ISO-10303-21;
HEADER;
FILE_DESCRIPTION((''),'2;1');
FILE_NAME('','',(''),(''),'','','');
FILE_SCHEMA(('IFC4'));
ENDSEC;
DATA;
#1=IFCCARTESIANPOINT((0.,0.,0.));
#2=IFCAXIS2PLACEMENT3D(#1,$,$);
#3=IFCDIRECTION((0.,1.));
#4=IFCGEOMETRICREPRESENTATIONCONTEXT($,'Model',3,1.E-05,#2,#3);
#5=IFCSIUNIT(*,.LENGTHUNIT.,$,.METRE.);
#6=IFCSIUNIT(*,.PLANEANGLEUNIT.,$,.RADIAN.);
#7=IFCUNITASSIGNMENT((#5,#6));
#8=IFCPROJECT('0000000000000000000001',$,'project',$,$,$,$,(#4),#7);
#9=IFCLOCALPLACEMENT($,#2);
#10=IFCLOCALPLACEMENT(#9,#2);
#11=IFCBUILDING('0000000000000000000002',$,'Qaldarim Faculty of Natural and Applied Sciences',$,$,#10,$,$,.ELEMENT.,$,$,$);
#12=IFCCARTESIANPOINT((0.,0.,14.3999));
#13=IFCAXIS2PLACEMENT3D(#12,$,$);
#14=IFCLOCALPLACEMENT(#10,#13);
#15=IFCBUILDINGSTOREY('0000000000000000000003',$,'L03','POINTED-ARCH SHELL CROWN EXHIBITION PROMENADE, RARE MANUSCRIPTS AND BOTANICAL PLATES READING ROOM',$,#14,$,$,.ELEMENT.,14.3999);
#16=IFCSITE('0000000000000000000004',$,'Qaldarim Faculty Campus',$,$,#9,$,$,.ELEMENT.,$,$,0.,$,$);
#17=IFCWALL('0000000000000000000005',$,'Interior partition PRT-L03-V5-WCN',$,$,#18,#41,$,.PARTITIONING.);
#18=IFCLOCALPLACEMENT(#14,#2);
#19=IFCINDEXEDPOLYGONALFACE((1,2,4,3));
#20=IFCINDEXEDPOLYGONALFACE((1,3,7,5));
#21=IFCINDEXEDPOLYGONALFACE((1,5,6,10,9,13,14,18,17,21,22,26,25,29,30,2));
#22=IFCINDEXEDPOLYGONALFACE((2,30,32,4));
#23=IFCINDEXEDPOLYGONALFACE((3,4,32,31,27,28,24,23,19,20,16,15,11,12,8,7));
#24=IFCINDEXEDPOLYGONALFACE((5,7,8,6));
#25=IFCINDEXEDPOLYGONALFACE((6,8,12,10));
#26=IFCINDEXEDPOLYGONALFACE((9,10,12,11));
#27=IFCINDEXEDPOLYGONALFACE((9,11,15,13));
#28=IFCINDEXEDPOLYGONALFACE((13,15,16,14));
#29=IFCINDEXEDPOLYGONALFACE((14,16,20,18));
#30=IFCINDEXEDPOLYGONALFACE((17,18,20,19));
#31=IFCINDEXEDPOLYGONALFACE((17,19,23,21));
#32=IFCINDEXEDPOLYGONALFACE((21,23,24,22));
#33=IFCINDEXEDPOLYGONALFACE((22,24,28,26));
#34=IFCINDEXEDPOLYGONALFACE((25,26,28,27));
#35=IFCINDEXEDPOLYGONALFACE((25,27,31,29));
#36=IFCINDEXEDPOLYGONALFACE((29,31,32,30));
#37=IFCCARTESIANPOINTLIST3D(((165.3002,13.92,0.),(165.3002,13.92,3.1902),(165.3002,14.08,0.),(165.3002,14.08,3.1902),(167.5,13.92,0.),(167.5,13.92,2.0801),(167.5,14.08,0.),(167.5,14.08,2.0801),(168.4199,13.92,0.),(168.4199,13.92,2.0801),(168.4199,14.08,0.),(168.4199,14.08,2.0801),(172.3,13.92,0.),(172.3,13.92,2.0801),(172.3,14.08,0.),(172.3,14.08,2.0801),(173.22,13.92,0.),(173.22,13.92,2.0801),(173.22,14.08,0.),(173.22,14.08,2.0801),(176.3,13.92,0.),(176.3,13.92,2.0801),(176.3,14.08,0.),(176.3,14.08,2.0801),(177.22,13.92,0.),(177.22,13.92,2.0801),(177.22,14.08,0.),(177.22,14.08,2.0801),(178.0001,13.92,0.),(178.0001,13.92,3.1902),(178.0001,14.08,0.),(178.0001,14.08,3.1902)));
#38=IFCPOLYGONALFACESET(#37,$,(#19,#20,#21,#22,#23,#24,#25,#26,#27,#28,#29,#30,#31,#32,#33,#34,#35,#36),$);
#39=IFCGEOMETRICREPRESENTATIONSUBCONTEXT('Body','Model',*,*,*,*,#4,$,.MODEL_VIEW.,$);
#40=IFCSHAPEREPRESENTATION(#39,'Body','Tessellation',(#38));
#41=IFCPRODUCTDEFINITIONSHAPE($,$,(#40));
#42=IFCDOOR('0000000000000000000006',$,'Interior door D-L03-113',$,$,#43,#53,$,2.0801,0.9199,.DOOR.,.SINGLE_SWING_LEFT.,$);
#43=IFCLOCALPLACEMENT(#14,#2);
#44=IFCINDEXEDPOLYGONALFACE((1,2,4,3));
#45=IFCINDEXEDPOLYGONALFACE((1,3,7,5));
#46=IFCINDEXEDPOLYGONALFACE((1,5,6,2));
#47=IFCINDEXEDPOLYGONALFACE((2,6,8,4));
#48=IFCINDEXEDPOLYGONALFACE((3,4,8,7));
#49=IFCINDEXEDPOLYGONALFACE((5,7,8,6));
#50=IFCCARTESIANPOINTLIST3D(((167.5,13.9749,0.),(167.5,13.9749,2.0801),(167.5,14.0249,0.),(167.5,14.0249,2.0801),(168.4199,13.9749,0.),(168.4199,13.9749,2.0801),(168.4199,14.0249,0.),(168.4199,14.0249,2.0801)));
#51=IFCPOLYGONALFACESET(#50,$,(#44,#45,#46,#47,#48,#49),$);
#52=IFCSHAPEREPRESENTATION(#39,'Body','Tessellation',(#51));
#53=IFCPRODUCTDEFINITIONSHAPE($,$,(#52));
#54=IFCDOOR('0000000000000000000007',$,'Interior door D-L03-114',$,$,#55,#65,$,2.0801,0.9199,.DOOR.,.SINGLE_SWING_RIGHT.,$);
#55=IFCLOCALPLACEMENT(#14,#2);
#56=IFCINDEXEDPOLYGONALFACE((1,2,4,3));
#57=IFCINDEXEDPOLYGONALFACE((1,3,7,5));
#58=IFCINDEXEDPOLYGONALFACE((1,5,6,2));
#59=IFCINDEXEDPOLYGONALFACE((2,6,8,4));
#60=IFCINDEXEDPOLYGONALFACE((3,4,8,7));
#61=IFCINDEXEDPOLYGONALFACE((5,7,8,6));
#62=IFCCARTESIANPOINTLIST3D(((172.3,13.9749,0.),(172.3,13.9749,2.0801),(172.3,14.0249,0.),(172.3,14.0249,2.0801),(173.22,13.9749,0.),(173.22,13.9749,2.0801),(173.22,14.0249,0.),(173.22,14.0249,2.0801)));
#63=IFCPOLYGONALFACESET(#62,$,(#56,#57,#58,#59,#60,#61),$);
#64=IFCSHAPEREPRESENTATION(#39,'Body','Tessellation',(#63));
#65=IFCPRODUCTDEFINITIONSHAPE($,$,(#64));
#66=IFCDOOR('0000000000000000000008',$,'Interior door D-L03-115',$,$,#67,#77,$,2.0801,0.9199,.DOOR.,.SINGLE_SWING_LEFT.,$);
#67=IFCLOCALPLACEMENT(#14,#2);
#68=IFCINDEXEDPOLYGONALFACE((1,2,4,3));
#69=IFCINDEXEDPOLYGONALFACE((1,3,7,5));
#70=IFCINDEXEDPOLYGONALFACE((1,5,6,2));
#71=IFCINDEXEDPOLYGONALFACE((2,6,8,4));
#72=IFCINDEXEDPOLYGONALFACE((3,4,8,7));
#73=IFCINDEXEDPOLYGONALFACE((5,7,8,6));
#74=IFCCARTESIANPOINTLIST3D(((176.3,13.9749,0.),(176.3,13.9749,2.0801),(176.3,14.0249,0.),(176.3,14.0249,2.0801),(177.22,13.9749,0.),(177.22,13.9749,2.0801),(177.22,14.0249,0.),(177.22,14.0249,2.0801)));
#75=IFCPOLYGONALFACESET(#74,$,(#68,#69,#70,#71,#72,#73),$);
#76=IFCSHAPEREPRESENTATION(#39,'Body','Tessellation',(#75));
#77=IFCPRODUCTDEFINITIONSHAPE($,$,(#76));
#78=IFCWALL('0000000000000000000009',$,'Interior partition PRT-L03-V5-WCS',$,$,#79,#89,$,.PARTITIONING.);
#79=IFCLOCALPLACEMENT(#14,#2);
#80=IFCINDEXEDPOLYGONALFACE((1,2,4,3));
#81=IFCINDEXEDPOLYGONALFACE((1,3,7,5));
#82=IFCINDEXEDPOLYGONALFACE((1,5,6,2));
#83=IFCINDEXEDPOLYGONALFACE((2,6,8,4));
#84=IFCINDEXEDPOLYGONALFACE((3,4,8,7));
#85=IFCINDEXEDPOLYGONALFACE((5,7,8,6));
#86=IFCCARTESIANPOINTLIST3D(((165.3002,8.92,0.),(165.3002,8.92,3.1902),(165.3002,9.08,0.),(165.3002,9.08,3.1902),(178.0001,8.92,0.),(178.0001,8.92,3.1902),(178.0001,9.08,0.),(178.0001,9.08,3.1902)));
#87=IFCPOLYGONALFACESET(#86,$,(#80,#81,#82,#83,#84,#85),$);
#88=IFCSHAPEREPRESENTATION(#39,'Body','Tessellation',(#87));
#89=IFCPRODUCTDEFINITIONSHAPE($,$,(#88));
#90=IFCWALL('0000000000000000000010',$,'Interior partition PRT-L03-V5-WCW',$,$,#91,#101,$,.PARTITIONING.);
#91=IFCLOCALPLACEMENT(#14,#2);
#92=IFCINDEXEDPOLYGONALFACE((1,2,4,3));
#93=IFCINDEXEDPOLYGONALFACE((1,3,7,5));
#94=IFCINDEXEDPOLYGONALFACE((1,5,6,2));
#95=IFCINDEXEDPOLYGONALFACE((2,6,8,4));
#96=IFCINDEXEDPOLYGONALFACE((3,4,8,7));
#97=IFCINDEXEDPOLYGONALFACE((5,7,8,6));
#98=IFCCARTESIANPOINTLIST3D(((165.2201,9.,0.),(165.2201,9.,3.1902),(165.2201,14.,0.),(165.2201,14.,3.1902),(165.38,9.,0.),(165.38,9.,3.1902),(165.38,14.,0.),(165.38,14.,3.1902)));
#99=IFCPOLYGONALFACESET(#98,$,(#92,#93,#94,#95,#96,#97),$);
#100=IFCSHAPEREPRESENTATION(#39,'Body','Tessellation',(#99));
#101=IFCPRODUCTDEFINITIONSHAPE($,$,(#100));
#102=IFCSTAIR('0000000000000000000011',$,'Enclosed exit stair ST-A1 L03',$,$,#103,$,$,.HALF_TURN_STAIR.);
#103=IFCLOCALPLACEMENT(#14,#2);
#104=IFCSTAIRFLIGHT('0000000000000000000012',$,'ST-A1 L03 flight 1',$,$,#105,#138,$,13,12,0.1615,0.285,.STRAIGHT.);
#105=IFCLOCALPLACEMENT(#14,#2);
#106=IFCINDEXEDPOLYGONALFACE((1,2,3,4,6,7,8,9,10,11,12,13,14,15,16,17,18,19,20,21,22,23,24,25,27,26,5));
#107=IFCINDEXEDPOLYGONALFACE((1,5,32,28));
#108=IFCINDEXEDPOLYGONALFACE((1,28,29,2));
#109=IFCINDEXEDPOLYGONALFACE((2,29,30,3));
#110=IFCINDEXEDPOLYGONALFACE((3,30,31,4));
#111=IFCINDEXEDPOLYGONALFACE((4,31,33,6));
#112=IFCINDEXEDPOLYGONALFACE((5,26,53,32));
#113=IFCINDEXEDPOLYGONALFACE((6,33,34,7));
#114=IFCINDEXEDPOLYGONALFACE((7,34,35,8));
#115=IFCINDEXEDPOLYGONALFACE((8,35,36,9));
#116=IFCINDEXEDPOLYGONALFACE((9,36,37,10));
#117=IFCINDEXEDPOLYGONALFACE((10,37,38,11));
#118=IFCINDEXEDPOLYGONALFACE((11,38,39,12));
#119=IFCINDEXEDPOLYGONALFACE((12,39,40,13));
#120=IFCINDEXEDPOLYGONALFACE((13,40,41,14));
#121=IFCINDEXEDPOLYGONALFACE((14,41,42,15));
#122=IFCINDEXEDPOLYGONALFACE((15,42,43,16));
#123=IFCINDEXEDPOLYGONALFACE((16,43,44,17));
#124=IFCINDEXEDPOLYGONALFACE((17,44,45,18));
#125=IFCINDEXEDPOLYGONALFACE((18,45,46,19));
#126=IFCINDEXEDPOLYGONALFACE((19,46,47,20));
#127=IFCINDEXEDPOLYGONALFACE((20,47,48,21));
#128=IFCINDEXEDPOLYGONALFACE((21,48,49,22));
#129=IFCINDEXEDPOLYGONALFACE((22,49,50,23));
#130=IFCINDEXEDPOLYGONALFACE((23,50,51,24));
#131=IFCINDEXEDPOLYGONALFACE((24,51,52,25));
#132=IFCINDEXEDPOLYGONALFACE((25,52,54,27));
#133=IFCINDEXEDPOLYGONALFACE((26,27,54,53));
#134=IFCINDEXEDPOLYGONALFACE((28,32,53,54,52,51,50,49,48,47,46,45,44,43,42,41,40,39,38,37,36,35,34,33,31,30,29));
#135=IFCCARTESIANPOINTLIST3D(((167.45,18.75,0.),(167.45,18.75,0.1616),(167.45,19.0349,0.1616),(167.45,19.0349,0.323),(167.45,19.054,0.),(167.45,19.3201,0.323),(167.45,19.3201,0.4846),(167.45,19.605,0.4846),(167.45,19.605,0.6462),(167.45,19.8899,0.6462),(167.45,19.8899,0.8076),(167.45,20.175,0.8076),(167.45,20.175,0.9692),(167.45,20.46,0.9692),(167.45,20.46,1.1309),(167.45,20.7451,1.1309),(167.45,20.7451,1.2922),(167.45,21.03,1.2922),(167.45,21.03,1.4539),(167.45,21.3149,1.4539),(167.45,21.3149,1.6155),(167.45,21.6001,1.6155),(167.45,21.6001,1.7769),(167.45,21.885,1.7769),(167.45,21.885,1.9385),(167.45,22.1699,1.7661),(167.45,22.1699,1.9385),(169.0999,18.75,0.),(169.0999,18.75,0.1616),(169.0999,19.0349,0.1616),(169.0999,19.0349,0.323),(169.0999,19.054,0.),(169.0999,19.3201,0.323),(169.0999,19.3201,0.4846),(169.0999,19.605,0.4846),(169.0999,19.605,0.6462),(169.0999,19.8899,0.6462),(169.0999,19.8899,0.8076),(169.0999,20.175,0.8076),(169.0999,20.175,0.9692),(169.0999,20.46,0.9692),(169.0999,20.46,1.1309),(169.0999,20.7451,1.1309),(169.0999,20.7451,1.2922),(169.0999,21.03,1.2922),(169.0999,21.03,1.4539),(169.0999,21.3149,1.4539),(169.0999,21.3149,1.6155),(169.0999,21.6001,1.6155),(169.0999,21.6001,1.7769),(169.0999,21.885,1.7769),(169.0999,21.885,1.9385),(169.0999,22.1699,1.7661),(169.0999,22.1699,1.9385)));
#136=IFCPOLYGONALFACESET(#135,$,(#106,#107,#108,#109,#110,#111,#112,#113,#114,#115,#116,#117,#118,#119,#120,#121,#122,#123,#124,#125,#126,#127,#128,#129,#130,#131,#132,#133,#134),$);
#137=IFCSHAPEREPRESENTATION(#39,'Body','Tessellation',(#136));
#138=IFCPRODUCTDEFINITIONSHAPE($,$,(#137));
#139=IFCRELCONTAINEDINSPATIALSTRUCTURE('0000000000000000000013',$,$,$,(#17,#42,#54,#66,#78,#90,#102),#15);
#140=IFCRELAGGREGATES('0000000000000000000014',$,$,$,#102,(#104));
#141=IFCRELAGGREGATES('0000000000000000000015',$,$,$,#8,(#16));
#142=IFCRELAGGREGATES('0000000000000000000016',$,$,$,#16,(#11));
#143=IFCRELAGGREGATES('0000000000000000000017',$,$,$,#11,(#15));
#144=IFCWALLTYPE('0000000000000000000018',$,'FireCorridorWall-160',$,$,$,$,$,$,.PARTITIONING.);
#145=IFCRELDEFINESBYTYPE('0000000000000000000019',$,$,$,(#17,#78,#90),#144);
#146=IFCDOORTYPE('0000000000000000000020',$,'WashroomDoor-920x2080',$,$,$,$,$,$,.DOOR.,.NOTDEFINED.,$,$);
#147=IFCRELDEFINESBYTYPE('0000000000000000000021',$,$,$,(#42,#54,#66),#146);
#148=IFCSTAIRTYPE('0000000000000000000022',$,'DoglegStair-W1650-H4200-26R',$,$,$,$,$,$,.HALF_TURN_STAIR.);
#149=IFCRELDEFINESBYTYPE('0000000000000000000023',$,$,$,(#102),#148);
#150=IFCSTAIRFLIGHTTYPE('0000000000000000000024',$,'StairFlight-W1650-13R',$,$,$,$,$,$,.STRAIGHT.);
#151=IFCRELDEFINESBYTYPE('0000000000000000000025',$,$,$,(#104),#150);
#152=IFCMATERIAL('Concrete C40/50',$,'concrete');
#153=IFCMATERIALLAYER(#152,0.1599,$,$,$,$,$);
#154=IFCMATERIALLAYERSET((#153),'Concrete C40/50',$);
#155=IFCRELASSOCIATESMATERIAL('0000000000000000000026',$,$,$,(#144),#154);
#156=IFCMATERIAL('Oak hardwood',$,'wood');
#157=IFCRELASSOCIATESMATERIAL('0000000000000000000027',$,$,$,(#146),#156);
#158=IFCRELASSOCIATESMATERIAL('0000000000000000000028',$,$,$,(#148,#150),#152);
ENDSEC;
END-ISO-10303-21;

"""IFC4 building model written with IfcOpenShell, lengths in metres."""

from ifc_helpers import new_model, si_unit, direction, frame, frame_2d, origin, place, context, subcontext, project, spatial, polyline, rectangle, outline, extrude, material, layer, layer_set, type_object, element, fill, aggregate, save


model = new_model("IFC4")

# Units and contexts
model_context = context("Model", 3, precision=1e-05, world=origin(), true_north=direction((0.0, 1.0)))
body_context = subcontext(model_context, "Body", "Model", "MODEL_VIEW")
ifc_project = project(units=[si_unit("LENGTHUNIT", "METRE"), si_unit("PLANEANGLEUNIT", "RADIAN")], contexts=[model_context])

# Site, building, storey
site_placement = place(None, origin())
site = spatial("IfcSite", under=ifc_project, at=site_placement, Name="Qaldarim Faculty Campus", CompositionType="ELEMENT", RefElevation=0.0)
building_placement = place(site_placement, origin())
building = spatial("IfcBuilding", under=site, at=building_placement, Name="Qaldarim Faculty of Natural and Applied Sciences", CompositionType="ELEMENT")
storey_placement = place(building_placement, frame((0.0, 0.0, 14.3999)))
storey = spatial("IfcBuildingStorey", under=building, at=storey_placement, Name="L03", Description="POINTED-ARCH SHELL CROWN EXHIBITION PROMENADE, RARE MANUSCRIPTS AND BOTANICAL PLATES READING ROOM", CompositionType="ELEMENT", Elevation=14.3999)

# Shared definitions
ifc_material_1 = material(Name="Concrete C40/50", Category="concrete")

# Wall, openings, doors
ifc_layer_1 = layer(ifc_material_1, 0.1599)
ifc_layer_set_1 = layer_set([ifc_layer_1], Name="Concrete C40/50")
wall_type_1 = type_object("IfcWallType", Name="FireCorridorWall-160", PredefinedType="PARTITIONING", material=ifc_layer_set_1)
wall_1_placement = place(storey_placement, frame((165.3, 14.0, 0.0), z_axis=(0.0, 0.0, 1.0), x_axis=(1.0, 0.0, 0.0)))
wall_1 = element("IfcWall", 1, at=wall_1_placement, inside=storey, type_object=wall_type_1, Name="Interior partition PRT-L03-V5-WCN", PredefinedType="PARTITIONING", context=body_context, shape_type="SweptSolid", body=[
    extrude(rectangle(XDim=12.7, YDim=0.1599, at=frame_2d((6.3501, 0.0))), origin(), (0.0, 0.0, 1.0), 3.1902),
])
opening_1_placement = place(wall_1_placement, frame((2.2, 0.0, 0.0)))
opening_1 = element("IfcOpeningElement", 2, at=opening_1_placement, cuts=wall_1, PredefinedType="OPENING", context=body_context, shape_type="SweptSolid", body=[
    extrude(rectangle(XDim=0.9199, YDim=2.0801, at=frame_2d((0.46, 1.04))), frame((0.0, 0.0898, 0.0), z_axis=(0.0, -1.0, 0.0), x_axis=(1.0, 0.0, 0.0)), (0.0, 0.0, 1.0), 0.1799),
])
opening_2_placement = place(wall_1_placement, frame((7.0, 0.0, 0.0)))
opening_2 = element("IfcOpeningElement", 3, at=opening_2_placement, cuts=wall_1, PredefinedType="OPENING", context=body_context, shape_type="SweptSolid", body=[
    extrude(rectangle(XDim=0.9199, YDim=2.0801, at=frame_2d((0.46, 1.04))), frame((0.0, 0.0898, 0.0), z_axis=(0.0, -1.0, 0.0), x_axis=(1.0, 0.0, 0.0)), (0.0, 0.0, 1.0), 0.1799),
])
opening_3_placement = place(wall_1_placement, frame((11.0, 0.0, 0.0)))
opening_3 = element("IfcOpeningElement", 4, at=opening_3_placement, cuts=wall_1, PredefinedType="OPENING", context=body_context, shape_type="SweptSolid", body=[
    extrude(rectangle(XDim=0.9199, YDim=2.0801, at=frame_2d((0.46, 1.04))), frame((0.0, 0.0898, 0.0), z_axis=(0.0, -1.0, 0.0), x_axis=(1.0, 0.0, 0.0)), (0.0, 0.0, 1.0), 0.1799),
])
ifc_material_2 = material(Name="Oak hardwood", Category="wood")
door_type_1 = type_object("IfcDoorType", Name="WashroomDoor-920x2080", OperationType="NOTDEFINED", PredefinedType="DOOR", material=ifc_material_2)
door_1_placement = place(opening_1_placement, origin())
door_1 = element("IfcDoor", 5, at=door_1_placement, inside=storey, type_object=door_type_1, Name="Interior door D-L03-113", OperationType="SINGLE_SWING_LEFT", OverallHeight=2.0801, OverallWidth=0.9199, PredefinedType="DOOR", context=body_context, shape_type="SweptSolid", body=[
    extrude(rectangle(XDim=0.9199, YDim=2.0801, at=frame_2d((0.46, 1.04))), frame((0.0, 0.0249, 0.0), z_axis=(0.0, -1.0, 0.0), x_axis=(1.0, 0.0, 0.0)), (0.0, 0.0, 1.0), 0.05),
])
fill(opening_1, door_1)
door_2_placement = place(opening_2_placement, origin())
door_2 = element("IfcDoor", 6, at=door_2_placement, inside=storey, type_object=door_type_1, Name="Interior door D-L03-114", OperationType="SINGLE_SWING_RIGHT", OverallHeight=2.0801, OverallWidth=0.9199, PredefinedType="DOOR", context=body_context, shape_type="SweptSolid", body=[
    extrude(rectangle(XDim=0.9199, YDim=2.0801, at=frame_2d((0.46, 1.04))), frame((0.0, 0.0249, 0.0), z_axis=(0.0, -1.0, 0.0), x_axis=(1.0, 0.0, 0.0)), (0.0, 0.0, 1.0), 0.05),
])
fill(opening_2, door_2)
door_3_placement = place(opening_3_placement, origin())
door_3 = element("IfcDoor", 7, at=door_3_placement, inside=storey, type_object=door_type_1, Name="Interior door D-L03-115", OperationType="SINGLE_SWING_LEFT", OverallHeight=2.0801, OverallWidth=0.9199, PredefinedType="DOOR", context=body_context, shape_type="SweptSolid", body=[
    extrude(rectangle(XDim=0.9199, YDim=2.0801, at=frame_2d((0.46, 1.04))), frame((0.0, 0.0249, 0.0), z_axis=(0.0, -1.0, 0.0), x_axis=(1.0, 0.0, 0.0)), (0.0, 0.0, 1.0), 0.05),
])
fill(opening_3, door_3)

# Walls
wall_2_placement = place(storey_placement, frame((165.3, 9.0, 0.0), z_axis=(0.0, 0.0, 1.0), x_axis=(1.0, 0.0, 0.0)))
element("IfcWall", 8, at=wall_2_placement, inside=storey, type_object=wall_type_1, Name="Interior partition PRT-L03-V5-WCS", PredefinedType="PARTITIONING", context=body_context, shape_type="SweptSolid", body=[
    extrude(rectangle(XDim=12.7, YDim=0.1599, at=frame_2d((6.3501, 0.0))), origin(), (0.0, 0.0, 1.0), 3.1902),
])
wall_3_placement = place(storey_placement, frame((165.3, 9.0, 0.0), z_axis=(0.0, 0.0, 1.0), x_axis=(0.0, 1.0, 0.0)))
element("IfcWall", 9, at=wall_3_placement, inside=storey, type_object=wall_type_1, Name="Interior partition PRT-L03-V5-WCW", PredefinedType="PARTITIONING", context=body_context, shape_type="SweptSolid", body=[
    extrude(rectangle(XDim=5.0, YDim=0.1599, at=frame_2d((2.5, 0.0))), origin(), (0.0, 0.0, 1.0), 3.1902),
])

# Stair, stair flight
stair_type = type_object("IfcStairType", Name="DoglegStair-W1650-H4200-26R", PredefinedType="HALF_TURN_STAIR", material=ifc_material_1)
stair_placement = place(storey_placement, origin())
stair = element("IfcStair", 10, at=stair_placement, inside=storey, type_object=stair_type, Name="Enclosed exit stair ST-A1 L03", PredefinedType="HALF_TURN_STAIR")
stair_flight_type = type_object("IfcStairFlightType", Name="StairFlight-W1650-13R", PredefinedType="STRAIGHT", material=ifc_material_1)
stair_flight_placement = place(storey_placement, frame((168.2749, 18.75, 0.0), z_axis=(0.0, 0.0, 1.0), x_axis=(0.0, 1.0, 0.0)))
stair_flight = element("IfcStairFlight", 11, at=stair_flight_placement, type_object=stair_flight_type, Name="ST-A1 L03 flight 1", NumberOfRisers=13, NumberOfTreads=12, PredefinedType="STRAIGHT", RiserHeight=0.1615, TreadLength=0.285, context=body_context, shape_type="SweptSolid", body=[
    extrude(outline(polyline([(0.0, 0.0), (0.0, 0.1616), (0.2849, 0.1616), (0.2849, 0.323), (0.5701, 0.323), (0.5701, 0.4846), (0.855, 0.4846), (0.855, 0.6462), (1.1399, 0.6462), (1.1399, 0.8076), (1.425, 0.8076), (1.425, 0.9692), (1.71, 0.9692), (1.71, 1.1309), (1.9951, 1.1309), (1.9951, 1.2922), (2.28, 1.2922), (2.28, 1.4539), (2.5649, 1.4539), (2.5649, 1.6155), (2.8501, 1.6155), (2.8501, 1.7769), (3.135, 1.7769), (3.135, 1.9385), (3.4199, 1.9385), (3.4199, 2.1001), (3.4199, 1.7661), (0.304, 0.0), (0.0, 0.0)])), frame((0.0, 0.825, 0.0), z_axis=(0.0, -1.0, 0.0), x_axis=(1.0, 0.0, 0.0)), (0.0, 0.0, 1.0), 1.6499),
])
aggregate(stair, [stair_flight])

save(model, "model.ifc")
